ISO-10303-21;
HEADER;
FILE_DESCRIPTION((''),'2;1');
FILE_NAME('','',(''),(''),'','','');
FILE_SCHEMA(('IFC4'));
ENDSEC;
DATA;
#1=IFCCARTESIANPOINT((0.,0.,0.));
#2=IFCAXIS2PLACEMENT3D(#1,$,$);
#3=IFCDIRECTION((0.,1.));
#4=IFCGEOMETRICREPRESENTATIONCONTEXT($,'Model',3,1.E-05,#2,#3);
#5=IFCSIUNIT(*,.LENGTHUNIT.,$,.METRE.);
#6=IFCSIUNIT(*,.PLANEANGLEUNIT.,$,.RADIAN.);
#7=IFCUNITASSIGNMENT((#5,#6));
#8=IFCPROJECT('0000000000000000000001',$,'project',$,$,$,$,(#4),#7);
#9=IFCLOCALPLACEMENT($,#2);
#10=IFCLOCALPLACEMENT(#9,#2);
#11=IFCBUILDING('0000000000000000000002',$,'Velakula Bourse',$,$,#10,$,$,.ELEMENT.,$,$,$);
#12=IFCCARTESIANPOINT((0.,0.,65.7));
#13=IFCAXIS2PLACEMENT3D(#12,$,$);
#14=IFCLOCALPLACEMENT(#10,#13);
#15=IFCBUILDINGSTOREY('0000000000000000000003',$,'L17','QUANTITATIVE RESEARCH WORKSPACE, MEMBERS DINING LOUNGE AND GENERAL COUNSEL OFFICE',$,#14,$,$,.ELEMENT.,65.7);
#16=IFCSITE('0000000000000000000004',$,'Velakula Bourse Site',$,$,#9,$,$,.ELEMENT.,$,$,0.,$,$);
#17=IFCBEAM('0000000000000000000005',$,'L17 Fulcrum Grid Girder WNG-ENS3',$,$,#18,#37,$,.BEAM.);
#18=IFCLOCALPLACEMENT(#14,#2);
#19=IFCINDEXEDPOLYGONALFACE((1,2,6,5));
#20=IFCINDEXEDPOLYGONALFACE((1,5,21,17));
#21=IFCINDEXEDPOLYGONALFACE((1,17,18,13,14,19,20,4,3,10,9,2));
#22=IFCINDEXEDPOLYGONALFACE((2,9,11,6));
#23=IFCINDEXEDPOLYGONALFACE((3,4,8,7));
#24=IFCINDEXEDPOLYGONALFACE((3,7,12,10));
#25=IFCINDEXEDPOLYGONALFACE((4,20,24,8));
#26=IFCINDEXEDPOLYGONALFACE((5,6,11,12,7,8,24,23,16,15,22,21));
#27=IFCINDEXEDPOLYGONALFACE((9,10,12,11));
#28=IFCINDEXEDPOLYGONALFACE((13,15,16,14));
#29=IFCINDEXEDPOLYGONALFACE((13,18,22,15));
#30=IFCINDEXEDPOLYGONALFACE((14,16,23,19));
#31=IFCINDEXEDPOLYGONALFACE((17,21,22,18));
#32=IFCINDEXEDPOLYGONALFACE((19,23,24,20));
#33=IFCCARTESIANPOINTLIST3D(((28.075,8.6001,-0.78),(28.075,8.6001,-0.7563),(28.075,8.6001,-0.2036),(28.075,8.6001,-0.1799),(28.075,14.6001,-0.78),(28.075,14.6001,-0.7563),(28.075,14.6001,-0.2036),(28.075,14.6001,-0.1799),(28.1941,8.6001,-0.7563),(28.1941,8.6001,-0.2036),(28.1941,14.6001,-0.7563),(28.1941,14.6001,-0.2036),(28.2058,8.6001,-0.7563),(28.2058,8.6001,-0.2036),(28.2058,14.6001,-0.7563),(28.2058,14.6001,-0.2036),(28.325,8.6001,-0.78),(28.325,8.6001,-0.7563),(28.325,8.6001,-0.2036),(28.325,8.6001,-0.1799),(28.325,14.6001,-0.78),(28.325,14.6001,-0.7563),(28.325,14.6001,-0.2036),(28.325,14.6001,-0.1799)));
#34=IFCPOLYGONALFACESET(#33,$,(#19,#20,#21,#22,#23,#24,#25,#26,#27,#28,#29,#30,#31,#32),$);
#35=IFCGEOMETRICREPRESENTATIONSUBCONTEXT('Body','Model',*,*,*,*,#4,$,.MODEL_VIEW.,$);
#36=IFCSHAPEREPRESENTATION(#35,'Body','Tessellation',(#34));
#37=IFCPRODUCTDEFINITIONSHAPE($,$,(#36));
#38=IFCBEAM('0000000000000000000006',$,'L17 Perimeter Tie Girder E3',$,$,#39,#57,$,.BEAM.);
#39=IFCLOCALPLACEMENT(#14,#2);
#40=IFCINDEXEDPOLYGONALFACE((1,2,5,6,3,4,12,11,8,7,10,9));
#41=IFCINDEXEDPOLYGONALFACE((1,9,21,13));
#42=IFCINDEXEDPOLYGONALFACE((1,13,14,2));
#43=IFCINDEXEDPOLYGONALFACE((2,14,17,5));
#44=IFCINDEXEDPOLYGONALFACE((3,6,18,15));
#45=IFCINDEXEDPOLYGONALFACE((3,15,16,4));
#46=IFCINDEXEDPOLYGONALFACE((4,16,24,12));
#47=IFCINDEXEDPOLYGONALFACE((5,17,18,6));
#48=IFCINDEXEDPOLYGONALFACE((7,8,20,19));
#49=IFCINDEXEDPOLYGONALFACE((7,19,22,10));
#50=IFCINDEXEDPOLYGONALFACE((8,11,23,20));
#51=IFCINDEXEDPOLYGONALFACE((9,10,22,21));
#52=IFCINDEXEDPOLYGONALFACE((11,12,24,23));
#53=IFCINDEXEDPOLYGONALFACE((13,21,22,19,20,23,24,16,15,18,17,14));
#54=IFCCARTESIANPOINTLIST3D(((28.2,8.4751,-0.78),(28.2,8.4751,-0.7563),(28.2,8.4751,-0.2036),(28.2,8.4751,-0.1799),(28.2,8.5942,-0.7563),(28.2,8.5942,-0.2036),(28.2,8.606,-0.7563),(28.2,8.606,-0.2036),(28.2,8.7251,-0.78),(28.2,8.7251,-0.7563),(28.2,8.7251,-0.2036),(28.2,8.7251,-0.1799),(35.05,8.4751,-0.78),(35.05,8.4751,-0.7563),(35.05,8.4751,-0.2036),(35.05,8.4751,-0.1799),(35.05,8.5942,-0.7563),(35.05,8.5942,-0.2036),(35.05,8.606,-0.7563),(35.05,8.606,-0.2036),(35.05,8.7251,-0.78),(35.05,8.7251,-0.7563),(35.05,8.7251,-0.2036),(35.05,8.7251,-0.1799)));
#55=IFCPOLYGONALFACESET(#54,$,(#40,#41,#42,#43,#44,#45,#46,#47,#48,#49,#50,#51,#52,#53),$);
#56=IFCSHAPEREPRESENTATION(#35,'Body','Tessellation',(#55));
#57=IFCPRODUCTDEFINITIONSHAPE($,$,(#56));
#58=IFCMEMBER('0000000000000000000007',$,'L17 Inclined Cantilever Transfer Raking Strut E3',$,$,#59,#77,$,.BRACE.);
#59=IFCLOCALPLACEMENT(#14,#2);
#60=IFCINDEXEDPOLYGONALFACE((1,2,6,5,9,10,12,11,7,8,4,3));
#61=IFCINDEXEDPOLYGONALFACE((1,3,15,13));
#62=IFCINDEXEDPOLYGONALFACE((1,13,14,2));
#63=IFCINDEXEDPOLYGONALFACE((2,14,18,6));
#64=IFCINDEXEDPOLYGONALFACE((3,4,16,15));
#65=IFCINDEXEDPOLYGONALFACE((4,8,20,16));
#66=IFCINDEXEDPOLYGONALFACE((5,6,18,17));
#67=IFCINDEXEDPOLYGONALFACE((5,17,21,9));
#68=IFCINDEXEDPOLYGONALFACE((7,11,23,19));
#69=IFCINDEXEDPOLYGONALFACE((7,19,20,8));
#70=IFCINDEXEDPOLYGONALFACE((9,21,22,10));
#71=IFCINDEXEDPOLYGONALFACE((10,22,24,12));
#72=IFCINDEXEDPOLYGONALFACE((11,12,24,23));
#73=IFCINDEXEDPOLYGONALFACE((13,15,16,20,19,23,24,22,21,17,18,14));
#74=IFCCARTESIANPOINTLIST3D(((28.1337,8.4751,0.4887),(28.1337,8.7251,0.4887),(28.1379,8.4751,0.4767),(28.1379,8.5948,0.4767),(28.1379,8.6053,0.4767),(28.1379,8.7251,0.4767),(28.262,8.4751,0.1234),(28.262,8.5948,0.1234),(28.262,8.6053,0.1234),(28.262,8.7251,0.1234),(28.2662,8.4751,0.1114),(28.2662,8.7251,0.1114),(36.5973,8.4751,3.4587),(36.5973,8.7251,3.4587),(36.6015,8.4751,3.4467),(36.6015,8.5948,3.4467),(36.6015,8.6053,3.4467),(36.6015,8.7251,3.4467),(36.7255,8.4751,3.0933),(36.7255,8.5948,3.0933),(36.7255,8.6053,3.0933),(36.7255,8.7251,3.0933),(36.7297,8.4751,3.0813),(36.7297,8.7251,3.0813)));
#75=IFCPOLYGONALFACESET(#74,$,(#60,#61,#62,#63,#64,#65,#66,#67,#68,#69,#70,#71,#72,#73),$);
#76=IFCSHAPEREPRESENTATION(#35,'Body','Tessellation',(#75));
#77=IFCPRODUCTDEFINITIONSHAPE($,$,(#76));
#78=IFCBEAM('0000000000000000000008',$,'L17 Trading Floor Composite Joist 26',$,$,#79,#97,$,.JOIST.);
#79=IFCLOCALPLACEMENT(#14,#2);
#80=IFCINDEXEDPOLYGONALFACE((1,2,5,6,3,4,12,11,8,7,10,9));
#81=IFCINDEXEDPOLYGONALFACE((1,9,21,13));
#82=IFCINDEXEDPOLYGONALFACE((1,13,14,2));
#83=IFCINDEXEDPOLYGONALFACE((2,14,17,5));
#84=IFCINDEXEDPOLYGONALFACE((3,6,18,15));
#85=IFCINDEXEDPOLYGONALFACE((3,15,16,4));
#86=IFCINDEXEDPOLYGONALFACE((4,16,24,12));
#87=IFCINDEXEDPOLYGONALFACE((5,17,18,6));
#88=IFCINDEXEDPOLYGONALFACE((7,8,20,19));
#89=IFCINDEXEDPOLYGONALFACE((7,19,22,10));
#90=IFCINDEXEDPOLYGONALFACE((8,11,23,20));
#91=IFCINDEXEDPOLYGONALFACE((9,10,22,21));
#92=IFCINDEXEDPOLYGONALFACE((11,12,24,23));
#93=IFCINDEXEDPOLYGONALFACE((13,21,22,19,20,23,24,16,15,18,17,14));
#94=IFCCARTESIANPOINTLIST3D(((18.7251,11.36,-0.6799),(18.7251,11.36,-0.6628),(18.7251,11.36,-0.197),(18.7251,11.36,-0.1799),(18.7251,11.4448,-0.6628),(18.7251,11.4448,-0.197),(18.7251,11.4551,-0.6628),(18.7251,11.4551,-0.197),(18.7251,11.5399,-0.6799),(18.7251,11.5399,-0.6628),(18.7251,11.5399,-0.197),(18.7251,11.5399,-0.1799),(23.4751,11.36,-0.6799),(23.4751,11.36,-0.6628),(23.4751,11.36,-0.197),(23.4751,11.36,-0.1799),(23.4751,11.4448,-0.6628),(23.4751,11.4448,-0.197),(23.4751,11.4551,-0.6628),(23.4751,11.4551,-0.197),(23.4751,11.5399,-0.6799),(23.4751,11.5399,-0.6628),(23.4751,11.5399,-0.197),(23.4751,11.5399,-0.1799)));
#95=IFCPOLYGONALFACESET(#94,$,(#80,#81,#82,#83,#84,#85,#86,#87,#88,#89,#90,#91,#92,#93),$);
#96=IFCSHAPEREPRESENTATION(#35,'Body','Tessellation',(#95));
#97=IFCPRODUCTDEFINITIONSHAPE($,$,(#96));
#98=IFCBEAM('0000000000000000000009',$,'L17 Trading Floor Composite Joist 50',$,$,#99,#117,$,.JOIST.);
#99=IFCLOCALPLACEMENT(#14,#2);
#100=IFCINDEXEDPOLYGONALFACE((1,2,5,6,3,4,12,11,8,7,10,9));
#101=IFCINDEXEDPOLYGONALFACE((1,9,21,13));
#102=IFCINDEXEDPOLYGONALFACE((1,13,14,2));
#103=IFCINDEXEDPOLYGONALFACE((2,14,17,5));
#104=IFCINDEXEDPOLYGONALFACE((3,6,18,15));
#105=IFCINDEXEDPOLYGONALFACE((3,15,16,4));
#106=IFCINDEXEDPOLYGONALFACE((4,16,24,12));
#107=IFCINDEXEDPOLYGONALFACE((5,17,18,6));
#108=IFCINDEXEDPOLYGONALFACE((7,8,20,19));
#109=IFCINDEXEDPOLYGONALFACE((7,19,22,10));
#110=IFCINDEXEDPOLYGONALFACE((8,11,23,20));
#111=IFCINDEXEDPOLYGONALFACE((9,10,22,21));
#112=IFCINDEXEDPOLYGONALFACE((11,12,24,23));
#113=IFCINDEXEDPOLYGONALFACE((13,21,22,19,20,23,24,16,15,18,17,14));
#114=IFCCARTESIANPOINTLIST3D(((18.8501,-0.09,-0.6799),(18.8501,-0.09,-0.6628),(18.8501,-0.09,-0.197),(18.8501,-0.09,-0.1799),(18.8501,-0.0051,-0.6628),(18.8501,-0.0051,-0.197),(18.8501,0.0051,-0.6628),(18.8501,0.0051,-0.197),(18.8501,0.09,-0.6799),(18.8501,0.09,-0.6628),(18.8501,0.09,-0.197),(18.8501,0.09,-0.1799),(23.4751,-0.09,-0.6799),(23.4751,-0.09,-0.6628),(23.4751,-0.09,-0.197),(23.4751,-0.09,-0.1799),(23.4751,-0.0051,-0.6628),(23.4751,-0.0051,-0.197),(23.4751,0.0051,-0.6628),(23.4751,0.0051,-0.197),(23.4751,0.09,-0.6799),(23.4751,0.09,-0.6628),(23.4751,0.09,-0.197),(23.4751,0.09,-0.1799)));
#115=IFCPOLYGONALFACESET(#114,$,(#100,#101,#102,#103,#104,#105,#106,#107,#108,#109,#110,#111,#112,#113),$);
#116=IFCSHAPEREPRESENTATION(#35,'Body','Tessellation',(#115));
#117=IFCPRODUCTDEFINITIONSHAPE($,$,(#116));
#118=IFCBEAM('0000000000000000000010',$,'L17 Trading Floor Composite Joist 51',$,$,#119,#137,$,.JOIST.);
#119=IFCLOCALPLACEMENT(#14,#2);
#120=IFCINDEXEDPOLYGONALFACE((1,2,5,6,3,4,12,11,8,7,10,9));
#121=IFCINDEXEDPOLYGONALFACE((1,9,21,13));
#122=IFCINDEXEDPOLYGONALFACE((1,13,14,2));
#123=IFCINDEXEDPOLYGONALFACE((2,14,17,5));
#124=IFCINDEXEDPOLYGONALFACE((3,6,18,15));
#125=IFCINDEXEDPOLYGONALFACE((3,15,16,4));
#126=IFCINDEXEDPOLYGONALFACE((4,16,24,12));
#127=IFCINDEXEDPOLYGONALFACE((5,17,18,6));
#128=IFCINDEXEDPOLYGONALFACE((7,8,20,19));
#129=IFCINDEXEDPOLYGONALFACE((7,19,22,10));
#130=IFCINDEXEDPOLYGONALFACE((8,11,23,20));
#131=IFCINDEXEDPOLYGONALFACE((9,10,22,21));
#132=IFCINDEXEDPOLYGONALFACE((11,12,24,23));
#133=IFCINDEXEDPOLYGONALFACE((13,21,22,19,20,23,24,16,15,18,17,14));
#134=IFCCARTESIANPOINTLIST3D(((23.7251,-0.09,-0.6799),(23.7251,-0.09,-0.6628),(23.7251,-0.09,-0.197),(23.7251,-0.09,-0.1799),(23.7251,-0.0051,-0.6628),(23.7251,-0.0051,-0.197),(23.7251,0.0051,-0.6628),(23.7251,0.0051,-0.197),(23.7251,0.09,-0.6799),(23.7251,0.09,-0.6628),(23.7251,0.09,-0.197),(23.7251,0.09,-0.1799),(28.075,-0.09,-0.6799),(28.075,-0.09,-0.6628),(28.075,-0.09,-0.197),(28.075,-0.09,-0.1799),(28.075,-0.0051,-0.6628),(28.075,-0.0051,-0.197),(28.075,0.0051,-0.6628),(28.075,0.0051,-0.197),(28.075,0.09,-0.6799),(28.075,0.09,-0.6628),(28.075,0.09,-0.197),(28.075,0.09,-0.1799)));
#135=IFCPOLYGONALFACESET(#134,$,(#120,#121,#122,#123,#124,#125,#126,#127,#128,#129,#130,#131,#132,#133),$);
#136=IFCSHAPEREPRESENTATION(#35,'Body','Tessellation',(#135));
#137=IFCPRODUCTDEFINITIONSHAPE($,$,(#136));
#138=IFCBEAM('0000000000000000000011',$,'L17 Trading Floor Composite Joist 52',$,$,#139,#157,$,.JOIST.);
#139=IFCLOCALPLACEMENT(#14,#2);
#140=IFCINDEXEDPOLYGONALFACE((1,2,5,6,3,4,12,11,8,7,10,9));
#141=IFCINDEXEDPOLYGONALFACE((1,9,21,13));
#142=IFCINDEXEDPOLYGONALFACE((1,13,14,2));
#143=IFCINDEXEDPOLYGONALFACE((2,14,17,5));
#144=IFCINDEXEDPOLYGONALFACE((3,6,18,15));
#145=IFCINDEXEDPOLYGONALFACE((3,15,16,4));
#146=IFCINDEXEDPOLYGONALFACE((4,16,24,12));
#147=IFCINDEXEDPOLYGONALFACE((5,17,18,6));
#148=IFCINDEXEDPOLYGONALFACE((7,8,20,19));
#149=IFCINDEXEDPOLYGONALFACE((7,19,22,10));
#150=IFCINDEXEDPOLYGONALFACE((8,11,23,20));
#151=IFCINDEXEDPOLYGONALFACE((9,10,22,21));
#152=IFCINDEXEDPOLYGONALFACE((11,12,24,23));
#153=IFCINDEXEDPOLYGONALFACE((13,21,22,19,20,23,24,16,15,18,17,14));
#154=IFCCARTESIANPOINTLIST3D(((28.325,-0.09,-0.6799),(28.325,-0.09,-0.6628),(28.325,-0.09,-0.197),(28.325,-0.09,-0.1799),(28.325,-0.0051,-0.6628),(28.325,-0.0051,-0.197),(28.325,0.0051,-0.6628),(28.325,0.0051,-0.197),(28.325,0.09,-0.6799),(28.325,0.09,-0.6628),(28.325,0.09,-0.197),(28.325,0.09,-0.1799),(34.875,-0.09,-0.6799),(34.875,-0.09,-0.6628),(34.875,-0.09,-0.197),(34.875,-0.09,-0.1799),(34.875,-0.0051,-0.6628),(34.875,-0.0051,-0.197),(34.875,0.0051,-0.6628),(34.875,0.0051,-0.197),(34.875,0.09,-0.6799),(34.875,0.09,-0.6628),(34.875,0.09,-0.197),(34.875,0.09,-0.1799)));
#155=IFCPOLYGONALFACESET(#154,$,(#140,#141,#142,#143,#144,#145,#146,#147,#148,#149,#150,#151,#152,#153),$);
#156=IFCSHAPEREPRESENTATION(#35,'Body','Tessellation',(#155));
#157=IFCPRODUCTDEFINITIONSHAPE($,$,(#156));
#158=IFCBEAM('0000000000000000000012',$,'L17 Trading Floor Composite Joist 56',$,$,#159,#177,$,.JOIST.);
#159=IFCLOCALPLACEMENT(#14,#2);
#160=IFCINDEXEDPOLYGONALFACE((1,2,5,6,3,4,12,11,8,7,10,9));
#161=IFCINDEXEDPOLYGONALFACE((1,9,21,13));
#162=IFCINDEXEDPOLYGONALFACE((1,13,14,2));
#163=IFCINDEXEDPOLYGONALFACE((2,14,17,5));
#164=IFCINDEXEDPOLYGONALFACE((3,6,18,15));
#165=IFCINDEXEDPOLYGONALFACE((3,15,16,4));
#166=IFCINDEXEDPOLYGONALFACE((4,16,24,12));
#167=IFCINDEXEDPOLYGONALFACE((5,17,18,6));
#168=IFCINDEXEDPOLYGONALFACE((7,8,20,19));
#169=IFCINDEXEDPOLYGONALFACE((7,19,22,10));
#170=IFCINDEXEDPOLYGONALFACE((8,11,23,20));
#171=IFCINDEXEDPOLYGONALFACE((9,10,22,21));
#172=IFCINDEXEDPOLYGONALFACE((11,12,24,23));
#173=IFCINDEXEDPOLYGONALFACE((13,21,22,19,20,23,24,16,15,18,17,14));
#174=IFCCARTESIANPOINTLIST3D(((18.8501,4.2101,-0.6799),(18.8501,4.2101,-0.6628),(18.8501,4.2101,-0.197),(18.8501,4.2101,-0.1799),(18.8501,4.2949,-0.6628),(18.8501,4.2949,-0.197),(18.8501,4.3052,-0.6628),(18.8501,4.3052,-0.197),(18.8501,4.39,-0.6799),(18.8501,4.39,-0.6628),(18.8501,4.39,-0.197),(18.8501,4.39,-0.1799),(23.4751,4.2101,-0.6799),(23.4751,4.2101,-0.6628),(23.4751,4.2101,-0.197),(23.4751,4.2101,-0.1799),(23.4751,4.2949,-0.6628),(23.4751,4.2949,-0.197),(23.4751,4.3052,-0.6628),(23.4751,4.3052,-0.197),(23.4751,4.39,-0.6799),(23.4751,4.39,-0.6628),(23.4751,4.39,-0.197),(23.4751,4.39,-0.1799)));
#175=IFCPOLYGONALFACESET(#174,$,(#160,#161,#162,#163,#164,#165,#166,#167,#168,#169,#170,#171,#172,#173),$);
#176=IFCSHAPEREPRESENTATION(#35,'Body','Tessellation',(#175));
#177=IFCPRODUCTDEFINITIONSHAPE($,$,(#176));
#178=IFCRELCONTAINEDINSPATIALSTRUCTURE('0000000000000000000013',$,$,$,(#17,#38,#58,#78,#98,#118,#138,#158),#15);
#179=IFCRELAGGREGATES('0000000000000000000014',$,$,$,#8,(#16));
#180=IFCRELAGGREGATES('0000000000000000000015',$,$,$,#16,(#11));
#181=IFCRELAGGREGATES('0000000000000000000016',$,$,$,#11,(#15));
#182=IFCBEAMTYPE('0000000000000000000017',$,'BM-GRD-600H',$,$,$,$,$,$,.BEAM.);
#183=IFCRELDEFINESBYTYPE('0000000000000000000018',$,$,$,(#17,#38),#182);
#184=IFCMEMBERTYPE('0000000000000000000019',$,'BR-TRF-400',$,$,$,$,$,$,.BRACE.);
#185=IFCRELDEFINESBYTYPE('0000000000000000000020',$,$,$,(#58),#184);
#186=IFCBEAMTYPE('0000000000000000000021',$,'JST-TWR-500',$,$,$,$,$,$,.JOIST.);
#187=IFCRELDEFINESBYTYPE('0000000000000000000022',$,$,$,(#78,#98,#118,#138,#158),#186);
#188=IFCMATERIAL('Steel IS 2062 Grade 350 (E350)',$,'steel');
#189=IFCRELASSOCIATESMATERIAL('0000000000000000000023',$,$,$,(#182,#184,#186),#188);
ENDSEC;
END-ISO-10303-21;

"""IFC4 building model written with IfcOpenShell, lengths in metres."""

from ifc_helpers import new_model, si_unit, direction, frame, origin, origin_2d, place, context, subcontext, project, spatial, i_section, extrude, material, material_profile, profile_set, type_object, element, save


model = new_model("IFC4")

# Units and contexts
model_context = context("Model", 3, precision=1e-05, world=origin(), true_north=direction((0.0, 1.0)))
body_context = subcontext(model_context, "Body", "Model", "MODEL_VIEW")
ifc_project = project(units=[si_unit("LENGTHUNIT", "METRE"), si_unit("PLANEANGLEUNIT", "RADIAN")], contexts=[model_context])

# Site, building, storey
site_placement = place(None, origin())
site = spatial("IfcSite", under=ifc_project, at=site_placement, Name="Velakula Bourse Site", CompositionType="ELEMENT", RefElevation=0.0)
building_placement = place(site_placement, origin())
building = spatial("IfcBuilding", under=site, at=building_placement, Name="Velakula Bourse", CompositionType="ELEMENT")
storey_placement = place(building_placement, frame((0.0, 0.0, 65.7)))
storey = spatial("IfcBuildingStorey", under=building, at=storey_placement, Name="L17", Description="QUANTITATIVE RESEARCH WORKSPACE, MEMBERS DINING LOUNGE AND GENERAL COUNSEL OFFICE", CompositionType="ELEMENT", Elevation=65.7)

# Beams
ifc_material_1 = material(Name="Steel IS 2062 Grade 350 (E350)", Category="steel")
ifc_material_profile_1 = material_profile(ifc_material_1, i_section(OverallWidth=0.25, OverallDepth=0.6001, WebThickness=0.0117, FlangeThickness=0.0237, at=origin_2d()), Name="Steel IS 2062 Grade 350 (E350)")
ifc_profile_set_1 = profile_set([ifc_material_profile_1], Name="Steel IS 2062 Grade 350 (E350)")
beam_type_1 = type_object("IfcBeamType", Name="BM-GRD-600H", PredefinedType="BEAM", material=ifc_profile_set_1)
beam_1_placement = place(storey_placement, frame((28.2, 8.6001, -0.48), z_axis=(0.0, 1.0, 0.0), x_axis=(-1.0, 0.0, 0.0)))
element("IfcBeam", 1, at=beam_1_placement, inside=storey, type_object=beam_type_1, Name="L17 Fulcrum Grid Girder WNG-ENS3", PredefinedType="BEAM", context=body_context, shape_type="SweptSolid", body=[
    extrude(i_section(OverallWidth=0.25, OverallDepth=0.6001, WebThickness=0.0117, FlangeThickness=0.0237, at=origin_2d()), origin(), (0.0, 0.0, 1.0), 6.0),
])
beam_2_placement = place(storey_placement, frame((28.2, 8.6001, -0.48), z_axis=(1.0, 0.0, 0.0), x_axis=(0.0, 1.0, 0.0)))
element("IfcBeam", 2, at=beam_2_placement, inside=storey, type_object=beam_type_1, Name="L17 Perimeter Tie Girder E3", PredefinedType="BEAM", context=body_context, shape_type="SweptSolid", body=[
    extrude(i_section(OverallWidth=0.25, OverallDepth=0.6001, WebThickness=0.0117, FlangeThickness=0.0237, at=origin_2d()), origin(), (0.0, 0.0, 1.0), 6.8501),
])

# Member
ifc_material_profile_2 = material_profile(ifc_material_1, i_section(OverallWidth=0.25, OverallDepth=0.3999, WebThickness=0.0105, FlangeThickness=0.0127, at=origin_2d()), Name="Steel IS 2062 Grade 350 (E350)")
ifc_profile_set_2 = profile_set([ifc_material_profile_2], Name="Steel IS 2062 Grade 350 (E350)")
member_type = type_object("IfcMemberType", Name="BR-TRF-400", PredefinedType="BRACE", material=ifc_profile_set_2)
member_placement = place(storey_placement, frame((28.2, 8.6001, 0.3), z_axis=(0.94359, 0.0, 0.331115), x_axis=(0.0, 1.0, 0.0)))
element("IfcMember", 3, at=member_placement, inside=storey, type_object=member_type, Name="L17 Inclined Cantilever Transfer Raking Strut E3", PredefinedType="BRACE", context=body_context, shape_type="SweptSolid", body=[
    extrude(i_section(OverallWidth=0.25, OverallDepth=0.3999, WebThickness=0.0105, FlangeThickness=0.0127, at=origin_2d()), origin(), (0.0, 0.0, 1.0), 8.9695),
])

# Beams
ifc_material_profile_3 = material_profile(ifc_material_1, i_section(OverallWidth=0.1799, OverallDepth=0.5, WebThickness=0.0103, FlangeThickness=0.0171, at=origin_2d()), Name="Steel IS 2062 Grade 350 (E350)")
ifc_profile_set_3 = profile_set([ifc_material_profile_3], Name="Steel IS 2062 Grade 350 (E350)")
beam_type_2 = type_object("IfcBeamType", Name="JST-TWR-500", PredefinedType="JOIST", material=ifc_profile_set_3)
beam_3_placement = place(storey_placement, frame((18.7251, 11.45, -0.4299), z_axis=(1.0, 0.0, 0.0), x_axis=(0.0, 1.0, 0.0)))
element("IfcBeam", 4, at=beam_3_placement, inside=storey, type_object=beam_type_2, Name="L17 Trading Floor Composite Joist 26", PredefinedType="JOIST", context=body_context, shape_type="SweptSolid", body=[
    extrude(i_section(OverallWidth=0.1799, OverallDepth=0.5, WebThickness=0.0103, FlangeThickness=0.0171, at=origin_2d()), origin(), (0.0, 0.0, 1.0), 4.75),
])
beam_4_placement = place(storey_placement, frame((18.8501, 0.0, -0.4299), z_axis=(1.0, 0.0, 0.0), x_axis=(0.0, 1.0, 0.0)))
element("IfcBeam", 5, at=beam_4_placement, inside=storey, type_object=beam_type_2, Name="L17 Trading Floor Composite Joist 50", PredefinedType="JOIST", context=body_context, shape_type="SweptSolid", body=[
    extrude(i_section(OverallWidth=0.1799, OverallDepth=0.5, WebThickness=0.0103, FlangeThickness=0.0171, at=origin_2d()), origin(), (0.0, 0.0, 1.0), 4.625),
])
beam_5_placement = place(storey_placement, frame((23.7251, 0.0, -0.4299), z_axis=(1.0, 0.0, 0.0), x_axis=(0.0, 1.0, 0.0)))
element("IfcBeam", 6, at=beam_5_placement, inside=storey, type_object=beam_type_2, Name="L17 Trading Floor Composite Joist 51", PredefinedType="JOIST", context=body_context, shape_type="SweptSolid", body=[
    extrude(i_section(OverallWidth=0.1799, OverallDepth=0.5, WebThickness=0.0103, FlangeThickness=0.0171, at=origin_2d()), origin(), (0.0, 0.0, 1.0), 4.3499),
])
beam_6_placement = place(storey_placement, frame((28.325, 0.0, -0.4299), z_axis=(1.0, 0.0, 0.0), x_axis=(0.0, 1.0, 0.0)))
element("IfcBeam", 7, at=beam_6_placement, inside=storey, type_object=beam_type_2, Name="L17 Trading Floor Composite Joist 52", PredefinedType="JOIST", context=body_context, shape_type="SweptSolid", body=[
    extrude(i_section(OverallWidth=0.1799, OverallDepth=0.5, WebThickness=0.0103, FlangeThickness=0.0171, at=origin_2d()), origin(), (0.0, 0.0, 1.0), 6.55),
])
beam_7_placement = place(storey_placement, frame((18.8501, 4.3, -0.4299), z_axis=(1.0, 0.0, 0.0), x_axis=(0.0, 1.0, 0.0)))
element("IfcBeam", 8, at=beam_7_placement, inside=storey, type_object=beam_type_2, Name="L17 Trading Floor Composite Joist 56", PredefinedType="JOIST", context=body_context, shape_type="SweptSolid", body=[
    extrude(i_section(OverallWidth=0.1799, OverallDepth=0.5, WebThickness=0.0103, FlangeThickness=0.0171, at=origin_2d()), origin(), (0.0, 0.0, 1.0), 4.625),
])

save(model, "model.ifc")
